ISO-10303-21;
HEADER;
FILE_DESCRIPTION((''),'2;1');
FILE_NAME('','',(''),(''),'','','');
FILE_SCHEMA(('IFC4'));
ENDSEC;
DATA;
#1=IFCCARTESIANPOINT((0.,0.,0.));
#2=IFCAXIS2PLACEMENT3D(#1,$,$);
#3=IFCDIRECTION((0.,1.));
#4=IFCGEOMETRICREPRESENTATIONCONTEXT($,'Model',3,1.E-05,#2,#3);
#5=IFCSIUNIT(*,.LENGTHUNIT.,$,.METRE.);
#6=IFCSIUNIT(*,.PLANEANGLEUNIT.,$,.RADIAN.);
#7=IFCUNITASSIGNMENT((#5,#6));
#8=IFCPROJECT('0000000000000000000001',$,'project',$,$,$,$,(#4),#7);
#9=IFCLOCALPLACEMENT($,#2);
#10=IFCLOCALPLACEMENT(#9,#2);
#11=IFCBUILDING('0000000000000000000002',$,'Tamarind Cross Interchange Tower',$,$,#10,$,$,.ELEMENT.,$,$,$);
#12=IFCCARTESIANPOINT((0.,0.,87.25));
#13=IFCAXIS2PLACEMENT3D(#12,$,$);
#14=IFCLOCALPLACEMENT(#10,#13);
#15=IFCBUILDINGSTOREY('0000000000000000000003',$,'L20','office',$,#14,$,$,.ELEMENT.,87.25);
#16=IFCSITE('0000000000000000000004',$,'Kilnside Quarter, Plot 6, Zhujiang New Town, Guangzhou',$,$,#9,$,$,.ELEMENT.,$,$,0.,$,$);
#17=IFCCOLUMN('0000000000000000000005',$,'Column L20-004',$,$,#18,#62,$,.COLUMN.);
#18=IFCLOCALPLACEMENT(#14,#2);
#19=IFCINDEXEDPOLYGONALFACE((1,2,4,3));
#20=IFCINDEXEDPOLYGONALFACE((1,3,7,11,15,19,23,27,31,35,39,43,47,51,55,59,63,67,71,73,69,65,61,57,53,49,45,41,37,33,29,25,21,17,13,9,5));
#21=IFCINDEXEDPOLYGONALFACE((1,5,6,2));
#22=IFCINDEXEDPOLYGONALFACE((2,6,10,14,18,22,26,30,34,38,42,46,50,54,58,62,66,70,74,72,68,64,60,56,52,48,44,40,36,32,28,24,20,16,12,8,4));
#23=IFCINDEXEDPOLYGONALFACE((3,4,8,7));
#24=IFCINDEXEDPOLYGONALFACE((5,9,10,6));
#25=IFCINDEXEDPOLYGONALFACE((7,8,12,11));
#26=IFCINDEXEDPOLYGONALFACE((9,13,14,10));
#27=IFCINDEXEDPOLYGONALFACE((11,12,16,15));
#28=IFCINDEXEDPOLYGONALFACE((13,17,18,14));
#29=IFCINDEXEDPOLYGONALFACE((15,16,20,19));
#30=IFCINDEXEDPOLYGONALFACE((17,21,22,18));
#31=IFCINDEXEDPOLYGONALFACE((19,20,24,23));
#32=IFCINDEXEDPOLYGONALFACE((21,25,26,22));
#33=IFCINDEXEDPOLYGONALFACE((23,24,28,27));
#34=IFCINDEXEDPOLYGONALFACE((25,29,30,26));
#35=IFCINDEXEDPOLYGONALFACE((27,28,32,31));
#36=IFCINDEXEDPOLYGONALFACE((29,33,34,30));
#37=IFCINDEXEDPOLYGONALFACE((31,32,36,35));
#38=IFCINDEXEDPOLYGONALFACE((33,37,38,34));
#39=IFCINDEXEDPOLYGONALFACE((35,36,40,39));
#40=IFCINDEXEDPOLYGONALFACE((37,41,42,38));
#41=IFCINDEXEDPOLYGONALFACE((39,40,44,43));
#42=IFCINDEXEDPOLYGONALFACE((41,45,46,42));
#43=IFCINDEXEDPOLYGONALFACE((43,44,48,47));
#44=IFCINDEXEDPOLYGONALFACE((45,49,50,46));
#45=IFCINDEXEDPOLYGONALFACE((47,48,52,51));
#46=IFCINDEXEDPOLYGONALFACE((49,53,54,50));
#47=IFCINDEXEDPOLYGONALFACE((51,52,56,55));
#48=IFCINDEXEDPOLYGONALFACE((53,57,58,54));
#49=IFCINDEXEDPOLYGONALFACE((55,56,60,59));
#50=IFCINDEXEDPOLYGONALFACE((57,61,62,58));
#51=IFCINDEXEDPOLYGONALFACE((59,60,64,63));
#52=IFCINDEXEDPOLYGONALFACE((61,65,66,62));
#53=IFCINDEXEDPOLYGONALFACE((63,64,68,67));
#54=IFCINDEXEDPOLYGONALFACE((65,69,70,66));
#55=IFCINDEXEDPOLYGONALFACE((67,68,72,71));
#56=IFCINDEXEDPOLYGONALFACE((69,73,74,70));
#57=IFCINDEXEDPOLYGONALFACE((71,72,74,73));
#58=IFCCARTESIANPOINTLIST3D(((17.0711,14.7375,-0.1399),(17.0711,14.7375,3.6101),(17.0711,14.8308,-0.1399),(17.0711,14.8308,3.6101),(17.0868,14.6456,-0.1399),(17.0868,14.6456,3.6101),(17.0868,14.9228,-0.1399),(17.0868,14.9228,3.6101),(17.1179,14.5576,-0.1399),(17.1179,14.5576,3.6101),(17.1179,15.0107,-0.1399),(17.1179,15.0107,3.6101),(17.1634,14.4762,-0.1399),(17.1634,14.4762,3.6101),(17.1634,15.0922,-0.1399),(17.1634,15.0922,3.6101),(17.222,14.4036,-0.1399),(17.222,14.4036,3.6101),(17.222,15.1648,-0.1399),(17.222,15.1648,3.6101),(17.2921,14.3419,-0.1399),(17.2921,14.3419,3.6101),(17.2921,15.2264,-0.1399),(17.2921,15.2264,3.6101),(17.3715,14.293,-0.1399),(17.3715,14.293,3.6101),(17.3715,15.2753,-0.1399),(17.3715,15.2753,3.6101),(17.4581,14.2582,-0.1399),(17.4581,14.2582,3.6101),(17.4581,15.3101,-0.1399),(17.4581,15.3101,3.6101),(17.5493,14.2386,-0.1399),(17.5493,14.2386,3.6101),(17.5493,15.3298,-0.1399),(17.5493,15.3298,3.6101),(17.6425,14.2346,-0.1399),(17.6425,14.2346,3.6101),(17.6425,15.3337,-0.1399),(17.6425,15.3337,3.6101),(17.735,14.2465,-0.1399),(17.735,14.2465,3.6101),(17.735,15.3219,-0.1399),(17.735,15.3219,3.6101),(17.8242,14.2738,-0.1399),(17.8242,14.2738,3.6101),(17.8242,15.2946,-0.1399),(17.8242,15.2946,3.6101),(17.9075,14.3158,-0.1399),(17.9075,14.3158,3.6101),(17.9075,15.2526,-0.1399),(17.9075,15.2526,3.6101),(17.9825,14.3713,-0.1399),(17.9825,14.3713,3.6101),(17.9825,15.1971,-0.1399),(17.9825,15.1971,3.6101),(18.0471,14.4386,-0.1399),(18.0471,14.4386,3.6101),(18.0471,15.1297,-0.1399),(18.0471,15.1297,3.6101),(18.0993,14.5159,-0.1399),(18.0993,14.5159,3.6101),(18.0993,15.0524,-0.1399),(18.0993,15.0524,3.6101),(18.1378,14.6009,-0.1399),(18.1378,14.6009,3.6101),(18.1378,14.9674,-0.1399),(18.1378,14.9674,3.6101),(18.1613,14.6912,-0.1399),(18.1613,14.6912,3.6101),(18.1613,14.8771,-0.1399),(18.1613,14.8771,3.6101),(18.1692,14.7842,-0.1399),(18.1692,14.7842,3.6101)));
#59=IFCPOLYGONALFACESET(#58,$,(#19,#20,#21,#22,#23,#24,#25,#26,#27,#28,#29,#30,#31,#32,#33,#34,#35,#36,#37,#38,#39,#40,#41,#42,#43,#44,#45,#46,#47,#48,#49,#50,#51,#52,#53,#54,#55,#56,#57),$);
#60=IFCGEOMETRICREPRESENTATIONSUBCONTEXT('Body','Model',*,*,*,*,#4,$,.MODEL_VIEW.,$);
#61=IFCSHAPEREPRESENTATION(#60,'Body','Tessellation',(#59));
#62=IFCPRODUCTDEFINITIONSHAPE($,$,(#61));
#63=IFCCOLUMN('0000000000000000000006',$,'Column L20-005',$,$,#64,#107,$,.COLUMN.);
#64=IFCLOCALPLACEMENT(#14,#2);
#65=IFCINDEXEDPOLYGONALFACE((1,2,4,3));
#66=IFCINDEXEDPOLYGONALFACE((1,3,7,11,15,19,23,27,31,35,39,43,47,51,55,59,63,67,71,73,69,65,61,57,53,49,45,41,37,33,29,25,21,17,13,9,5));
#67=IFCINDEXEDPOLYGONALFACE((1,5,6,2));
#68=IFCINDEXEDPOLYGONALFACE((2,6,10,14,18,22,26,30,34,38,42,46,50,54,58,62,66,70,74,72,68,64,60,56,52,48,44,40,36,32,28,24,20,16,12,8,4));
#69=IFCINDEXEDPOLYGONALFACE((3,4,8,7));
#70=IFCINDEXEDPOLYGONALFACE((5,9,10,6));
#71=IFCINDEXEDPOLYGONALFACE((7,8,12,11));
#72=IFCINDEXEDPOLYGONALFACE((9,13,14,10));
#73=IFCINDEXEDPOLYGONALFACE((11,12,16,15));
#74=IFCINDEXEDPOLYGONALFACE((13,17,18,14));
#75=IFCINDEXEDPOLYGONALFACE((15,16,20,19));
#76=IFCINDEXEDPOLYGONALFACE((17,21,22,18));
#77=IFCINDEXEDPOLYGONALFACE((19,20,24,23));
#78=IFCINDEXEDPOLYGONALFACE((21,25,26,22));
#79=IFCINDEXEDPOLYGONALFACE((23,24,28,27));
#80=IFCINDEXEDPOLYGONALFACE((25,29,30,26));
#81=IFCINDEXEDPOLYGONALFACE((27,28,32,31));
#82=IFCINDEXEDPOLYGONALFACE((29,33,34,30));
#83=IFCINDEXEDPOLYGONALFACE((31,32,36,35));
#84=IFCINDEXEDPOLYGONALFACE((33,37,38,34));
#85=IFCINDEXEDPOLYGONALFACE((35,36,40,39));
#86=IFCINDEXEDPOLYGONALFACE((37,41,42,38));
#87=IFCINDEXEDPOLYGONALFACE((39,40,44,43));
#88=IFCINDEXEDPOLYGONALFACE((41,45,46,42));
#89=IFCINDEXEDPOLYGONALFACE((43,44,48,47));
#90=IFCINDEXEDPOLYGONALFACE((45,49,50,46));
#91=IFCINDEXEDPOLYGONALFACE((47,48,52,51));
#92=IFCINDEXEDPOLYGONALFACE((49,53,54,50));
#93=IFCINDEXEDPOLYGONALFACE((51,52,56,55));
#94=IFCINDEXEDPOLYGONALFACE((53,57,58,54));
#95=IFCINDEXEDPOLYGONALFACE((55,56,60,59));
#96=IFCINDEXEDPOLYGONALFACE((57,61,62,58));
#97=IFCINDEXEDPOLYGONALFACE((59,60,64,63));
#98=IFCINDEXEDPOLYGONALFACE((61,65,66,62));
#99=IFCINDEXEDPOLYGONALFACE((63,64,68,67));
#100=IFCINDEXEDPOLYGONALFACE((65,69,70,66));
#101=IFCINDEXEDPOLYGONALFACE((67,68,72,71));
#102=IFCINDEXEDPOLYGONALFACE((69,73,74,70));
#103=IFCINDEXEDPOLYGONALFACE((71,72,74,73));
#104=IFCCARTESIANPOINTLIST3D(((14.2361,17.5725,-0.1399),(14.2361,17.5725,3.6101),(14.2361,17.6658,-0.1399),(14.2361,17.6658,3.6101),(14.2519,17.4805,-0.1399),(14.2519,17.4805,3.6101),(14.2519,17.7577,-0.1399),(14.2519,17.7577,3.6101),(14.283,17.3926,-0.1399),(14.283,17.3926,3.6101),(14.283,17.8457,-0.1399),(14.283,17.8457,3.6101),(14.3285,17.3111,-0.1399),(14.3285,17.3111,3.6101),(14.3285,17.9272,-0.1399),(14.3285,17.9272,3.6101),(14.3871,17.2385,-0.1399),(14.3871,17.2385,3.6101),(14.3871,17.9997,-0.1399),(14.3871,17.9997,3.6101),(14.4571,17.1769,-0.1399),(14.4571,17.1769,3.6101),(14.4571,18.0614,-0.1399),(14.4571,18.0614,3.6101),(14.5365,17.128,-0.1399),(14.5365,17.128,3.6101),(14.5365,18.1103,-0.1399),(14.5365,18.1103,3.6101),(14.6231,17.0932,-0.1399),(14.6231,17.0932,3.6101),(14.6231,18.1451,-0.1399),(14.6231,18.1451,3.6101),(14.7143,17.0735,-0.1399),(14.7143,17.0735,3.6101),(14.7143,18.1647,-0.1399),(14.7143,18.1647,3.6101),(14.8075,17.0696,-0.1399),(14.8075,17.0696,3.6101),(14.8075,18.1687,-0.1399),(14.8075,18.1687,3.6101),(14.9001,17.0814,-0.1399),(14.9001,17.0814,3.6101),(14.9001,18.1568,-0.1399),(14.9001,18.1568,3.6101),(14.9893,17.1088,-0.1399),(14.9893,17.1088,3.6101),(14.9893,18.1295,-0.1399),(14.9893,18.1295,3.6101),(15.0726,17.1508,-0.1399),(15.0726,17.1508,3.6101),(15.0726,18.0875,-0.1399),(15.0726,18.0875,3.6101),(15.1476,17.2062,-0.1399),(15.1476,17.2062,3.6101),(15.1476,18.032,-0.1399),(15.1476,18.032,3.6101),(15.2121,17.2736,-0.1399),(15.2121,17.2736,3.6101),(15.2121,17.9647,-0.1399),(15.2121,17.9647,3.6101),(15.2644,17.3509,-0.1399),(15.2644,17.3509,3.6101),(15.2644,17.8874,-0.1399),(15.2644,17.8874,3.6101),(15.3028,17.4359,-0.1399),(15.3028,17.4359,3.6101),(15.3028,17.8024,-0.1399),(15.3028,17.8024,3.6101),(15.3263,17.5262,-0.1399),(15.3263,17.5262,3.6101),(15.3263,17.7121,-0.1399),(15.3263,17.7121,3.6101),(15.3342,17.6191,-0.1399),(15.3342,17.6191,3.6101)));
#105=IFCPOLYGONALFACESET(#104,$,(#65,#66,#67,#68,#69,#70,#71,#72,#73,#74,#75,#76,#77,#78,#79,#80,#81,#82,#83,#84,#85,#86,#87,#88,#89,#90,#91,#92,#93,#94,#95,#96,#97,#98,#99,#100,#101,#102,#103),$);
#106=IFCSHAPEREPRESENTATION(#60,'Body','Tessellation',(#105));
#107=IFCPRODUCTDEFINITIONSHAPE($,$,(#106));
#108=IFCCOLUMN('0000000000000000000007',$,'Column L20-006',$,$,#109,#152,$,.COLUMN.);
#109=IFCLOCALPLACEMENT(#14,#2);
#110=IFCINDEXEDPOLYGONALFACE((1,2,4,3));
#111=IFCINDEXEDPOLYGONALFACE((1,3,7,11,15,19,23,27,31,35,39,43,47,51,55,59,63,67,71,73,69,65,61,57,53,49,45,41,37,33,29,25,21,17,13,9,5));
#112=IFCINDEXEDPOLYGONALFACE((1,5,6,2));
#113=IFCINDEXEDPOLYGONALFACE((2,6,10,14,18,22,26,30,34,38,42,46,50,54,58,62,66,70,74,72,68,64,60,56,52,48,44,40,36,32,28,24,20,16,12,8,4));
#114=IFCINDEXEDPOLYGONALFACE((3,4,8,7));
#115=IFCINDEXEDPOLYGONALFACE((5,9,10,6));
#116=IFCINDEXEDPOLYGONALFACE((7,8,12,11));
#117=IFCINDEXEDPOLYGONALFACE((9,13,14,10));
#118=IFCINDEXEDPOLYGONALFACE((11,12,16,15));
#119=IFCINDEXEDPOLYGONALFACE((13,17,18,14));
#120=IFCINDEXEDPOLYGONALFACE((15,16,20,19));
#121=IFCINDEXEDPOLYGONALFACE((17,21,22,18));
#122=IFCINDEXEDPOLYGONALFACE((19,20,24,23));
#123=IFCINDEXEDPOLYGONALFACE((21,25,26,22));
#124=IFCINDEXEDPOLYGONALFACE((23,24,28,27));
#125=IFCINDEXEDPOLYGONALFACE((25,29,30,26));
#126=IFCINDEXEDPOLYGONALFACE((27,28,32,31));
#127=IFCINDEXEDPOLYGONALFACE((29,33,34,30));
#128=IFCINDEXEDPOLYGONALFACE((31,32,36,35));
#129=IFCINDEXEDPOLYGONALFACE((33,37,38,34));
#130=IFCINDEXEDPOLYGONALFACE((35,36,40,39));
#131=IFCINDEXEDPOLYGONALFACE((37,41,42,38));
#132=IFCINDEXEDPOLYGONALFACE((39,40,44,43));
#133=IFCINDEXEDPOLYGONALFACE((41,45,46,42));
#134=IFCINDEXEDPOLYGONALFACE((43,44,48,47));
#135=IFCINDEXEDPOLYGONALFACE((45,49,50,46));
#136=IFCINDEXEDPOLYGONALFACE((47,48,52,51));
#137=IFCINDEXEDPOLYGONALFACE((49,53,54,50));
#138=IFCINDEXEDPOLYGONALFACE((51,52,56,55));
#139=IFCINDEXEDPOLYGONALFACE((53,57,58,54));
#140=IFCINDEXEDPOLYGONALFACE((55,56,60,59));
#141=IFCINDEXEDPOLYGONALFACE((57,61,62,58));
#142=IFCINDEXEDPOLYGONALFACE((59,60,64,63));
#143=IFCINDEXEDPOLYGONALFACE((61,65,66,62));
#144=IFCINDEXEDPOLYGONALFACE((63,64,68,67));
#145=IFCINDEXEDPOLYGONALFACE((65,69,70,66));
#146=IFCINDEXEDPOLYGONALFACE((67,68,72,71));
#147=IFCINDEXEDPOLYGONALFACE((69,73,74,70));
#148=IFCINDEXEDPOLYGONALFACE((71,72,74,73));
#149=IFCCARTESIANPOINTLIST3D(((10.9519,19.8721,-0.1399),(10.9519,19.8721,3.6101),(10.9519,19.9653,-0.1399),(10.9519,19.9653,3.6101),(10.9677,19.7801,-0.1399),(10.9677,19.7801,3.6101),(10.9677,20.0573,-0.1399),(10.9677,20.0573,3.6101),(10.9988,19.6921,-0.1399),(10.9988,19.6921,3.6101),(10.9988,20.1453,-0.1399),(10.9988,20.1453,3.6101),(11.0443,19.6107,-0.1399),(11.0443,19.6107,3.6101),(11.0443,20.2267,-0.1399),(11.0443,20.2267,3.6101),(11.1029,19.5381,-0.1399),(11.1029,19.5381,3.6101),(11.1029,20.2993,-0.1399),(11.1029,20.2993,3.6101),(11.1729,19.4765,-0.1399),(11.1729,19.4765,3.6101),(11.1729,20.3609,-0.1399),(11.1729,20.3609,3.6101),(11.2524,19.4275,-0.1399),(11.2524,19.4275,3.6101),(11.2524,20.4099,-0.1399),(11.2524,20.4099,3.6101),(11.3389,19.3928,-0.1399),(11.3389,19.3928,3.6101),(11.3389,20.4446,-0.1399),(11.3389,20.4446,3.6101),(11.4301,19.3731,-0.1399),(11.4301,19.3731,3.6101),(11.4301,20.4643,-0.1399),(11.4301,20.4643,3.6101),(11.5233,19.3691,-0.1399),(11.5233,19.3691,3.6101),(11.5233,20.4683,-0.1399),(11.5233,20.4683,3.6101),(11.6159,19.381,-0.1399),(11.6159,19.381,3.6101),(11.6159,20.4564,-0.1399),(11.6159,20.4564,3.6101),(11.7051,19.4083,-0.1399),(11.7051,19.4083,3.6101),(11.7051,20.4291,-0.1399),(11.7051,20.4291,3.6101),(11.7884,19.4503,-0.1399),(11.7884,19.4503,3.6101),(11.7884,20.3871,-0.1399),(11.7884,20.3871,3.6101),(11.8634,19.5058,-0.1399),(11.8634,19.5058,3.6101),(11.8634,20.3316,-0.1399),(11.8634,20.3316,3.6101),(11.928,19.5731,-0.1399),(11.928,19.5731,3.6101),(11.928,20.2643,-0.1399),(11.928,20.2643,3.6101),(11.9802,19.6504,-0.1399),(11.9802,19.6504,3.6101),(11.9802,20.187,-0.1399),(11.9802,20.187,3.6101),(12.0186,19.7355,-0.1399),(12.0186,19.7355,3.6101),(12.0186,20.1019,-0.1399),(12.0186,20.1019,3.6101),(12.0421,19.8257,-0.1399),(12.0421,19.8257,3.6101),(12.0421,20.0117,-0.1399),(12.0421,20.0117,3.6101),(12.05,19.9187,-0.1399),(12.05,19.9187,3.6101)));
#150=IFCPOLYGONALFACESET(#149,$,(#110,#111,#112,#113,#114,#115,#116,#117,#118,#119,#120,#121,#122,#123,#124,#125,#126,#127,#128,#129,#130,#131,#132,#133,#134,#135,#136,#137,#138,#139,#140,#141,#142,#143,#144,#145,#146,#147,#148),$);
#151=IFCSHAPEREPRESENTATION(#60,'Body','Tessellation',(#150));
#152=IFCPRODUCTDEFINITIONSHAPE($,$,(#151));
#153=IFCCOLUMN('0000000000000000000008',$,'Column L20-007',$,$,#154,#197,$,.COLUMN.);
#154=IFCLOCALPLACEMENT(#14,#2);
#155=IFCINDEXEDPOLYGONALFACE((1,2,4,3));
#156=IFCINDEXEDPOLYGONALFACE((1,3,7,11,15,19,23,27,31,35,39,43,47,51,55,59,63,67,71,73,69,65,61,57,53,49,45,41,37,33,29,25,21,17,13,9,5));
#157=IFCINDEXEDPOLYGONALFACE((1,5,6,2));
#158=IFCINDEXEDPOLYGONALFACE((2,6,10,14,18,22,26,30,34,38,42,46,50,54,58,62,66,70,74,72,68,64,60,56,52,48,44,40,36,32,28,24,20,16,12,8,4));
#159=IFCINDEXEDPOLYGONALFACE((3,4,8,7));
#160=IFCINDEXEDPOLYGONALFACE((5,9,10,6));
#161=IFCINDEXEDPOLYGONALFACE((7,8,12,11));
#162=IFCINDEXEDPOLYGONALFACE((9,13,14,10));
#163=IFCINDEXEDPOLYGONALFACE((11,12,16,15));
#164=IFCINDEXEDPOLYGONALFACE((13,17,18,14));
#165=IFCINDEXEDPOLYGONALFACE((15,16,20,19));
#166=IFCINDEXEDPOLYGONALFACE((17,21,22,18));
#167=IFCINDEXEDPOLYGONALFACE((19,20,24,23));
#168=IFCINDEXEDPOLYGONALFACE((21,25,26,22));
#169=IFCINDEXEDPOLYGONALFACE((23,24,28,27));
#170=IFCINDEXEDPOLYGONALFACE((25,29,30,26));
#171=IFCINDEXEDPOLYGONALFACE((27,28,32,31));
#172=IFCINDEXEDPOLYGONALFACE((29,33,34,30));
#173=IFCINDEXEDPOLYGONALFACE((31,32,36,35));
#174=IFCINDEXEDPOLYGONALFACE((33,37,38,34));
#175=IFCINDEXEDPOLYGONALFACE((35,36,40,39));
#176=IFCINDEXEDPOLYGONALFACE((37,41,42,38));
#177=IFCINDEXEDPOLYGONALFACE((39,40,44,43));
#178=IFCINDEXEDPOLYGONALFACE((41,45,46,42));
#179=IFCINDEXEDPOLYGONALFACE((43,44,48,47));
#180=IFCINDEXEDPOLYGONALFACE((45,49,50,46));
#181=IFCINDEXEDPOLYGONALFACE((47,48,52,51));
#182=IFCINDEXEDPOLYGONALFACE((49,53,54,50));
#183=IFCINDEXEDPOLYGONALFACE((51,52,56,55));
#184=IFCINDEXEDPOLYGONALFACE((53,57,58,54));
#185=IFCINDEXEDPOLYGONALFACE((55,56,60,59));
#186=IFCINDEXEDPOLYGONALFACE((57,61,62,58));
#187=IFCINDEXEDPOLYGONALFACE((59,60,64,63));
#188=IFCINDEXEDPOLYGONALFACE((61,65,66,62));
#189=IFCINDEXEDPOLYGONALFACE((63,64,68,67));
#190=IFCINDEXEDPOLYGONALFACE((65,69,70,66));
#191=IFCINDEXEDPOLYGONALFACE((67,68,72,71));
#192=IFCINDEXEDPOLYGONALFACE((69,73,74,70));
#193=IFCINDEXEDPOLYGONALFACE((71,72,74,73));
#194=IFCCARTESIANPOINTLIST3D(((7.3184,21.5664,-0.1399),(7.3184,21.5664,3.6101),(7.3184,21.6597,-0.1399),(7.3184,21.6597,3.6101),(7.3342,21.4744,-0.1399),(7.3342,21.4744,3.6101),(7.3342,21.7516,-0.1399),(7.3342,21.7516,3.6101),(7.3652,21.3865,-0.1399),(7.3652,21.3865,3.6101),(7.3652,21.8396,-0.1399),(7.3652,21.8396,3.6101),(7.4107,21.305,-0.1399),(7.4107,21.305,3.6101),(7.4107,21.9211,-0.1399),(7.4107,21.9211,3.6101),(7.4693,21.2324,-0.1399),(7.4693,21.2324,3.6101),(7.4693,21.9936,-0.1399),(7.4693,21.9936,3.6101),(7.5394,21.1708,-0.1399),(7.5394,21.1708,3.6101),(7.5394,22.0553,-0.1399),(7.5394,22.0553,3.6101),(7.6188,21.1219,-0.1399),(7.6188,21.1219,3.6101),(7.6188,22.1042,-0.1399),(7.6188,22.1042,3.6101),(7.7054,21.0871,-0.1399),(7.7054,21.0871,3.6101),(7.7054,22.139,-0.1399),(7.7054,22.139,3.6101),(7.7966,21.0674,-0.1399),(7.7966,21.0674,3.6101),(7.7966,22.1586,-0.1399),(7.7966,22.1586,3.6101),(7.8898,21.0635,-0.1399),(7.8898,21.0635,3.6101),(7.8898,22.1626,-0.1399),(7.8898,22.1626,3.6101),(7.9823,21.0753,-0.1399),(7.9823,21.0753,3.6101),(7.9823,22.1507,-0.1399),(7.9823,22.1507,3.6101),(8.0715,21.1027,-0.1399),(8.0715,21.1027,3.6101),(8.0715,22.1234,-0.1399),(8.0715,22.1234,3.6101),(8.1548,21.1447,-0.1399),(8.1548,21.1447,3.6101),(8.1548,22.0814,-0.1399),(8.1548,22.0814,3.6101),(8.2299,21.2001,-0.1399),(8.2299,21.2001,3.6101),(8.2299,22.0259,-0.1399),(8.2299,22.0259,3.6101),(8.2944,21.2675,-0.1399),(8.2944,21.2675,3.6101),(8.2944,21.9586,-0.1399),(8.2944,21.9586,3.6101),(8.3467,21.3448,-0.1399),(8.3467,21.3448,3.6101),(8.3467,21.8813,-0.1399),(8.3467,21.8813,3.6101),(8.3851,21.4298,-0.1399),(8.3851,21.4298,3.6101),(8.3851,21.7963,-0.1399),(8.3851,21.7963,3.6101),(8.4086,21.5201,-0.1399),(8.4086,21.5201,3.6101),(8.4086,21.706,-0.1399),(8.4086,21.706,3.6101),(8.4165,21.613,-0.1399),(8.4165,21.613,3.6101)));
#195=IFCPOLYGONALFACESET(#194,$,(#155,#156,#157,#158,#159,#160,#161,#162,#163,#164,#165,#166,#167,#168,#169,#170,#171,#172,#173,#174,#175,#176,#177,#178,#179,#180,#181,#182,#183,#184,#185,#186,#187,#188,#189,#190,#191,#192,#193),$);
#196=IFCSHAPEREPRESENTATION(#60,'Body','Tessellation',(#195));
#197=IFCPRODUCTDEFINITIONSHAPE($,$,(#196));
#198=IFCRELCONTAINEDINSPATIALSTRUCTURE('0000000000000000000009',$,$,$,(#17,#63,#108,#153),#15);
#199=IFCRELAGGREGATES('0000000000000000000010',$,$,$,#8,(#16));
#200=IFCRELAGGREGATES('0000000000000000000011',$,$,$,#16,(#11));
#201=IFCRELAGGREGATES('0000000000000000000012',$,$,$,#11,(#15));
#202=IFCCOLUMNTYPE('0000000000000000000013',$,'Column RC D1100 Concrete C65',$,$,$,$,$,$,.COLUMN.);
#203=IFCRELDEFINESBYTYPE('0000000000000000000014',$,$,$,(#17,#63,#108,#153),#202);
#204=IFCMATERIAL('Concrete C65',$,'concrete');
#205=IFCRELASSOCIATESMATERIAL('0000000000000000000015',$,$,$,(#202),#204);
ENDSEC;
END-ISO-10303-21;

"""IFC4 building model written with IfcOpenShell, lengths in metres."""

from ifc_helpers import new_model, si_unit, direction, frame, origin, origin_2d, place, context, subcontext, project, spatial, circle, extrude, material, material_profile, profile_set, type_object, element, save


model = new_model("IFC4")

# Units and contexts
model_context = context("Model", 3, precision=1e-05, world=origin(), true_north=direction((0.0, 1.0)))
body_context = subcontext(model_context, "Body", "Model", "MODEL_VIEW")
ifc_project = project(units=[si_unit("LENGTHUNIT", "METRE"), si_unit("PLANEANGLEUNIT", "RADIAN")], contexts=[model_context])

# Site, building, storey
site_placement = place(None, origin())
site = spatial("IfcSite", under=ifc_project, at=site_placement, Name="Kilnside Quarter, Plot 6, Zhujiang New Town, Guangzhou", CompositionType="ELEMENT", RefElevation=0.0)
building_placement = place(site_placement, origin())
building = spatial("IfcBuilding", under=site, at=building_placement, Name="Tamarind Cross Interchange Tower", CompositionType="ELEMENT")
storey_placement = place(building_placement, frame((0.0, 0.0, 87.25)))
storey = spatial("IfcBuildingStorey", under=building, at=storey_placement, Name="L20", Description="office", CompositionType="ELEMENT", Elevation=87.25)

# Columns
ifc_material_1 = material(Name="Concrete C65", Category="concrete")
ifc_material_profile_1 = material_profile(ifc_material_1, circle(Radius=0.55, at=origin_2d()), Name="RC D1100")
ifc_profile_set_1 = profile_set([ifc_material_profile_1], Name="Concrete C65")
column_type = type_object("IfcColumnType", Name="Column RC D1100 Concrete C65", PredefinedType="COLUMN", material=ifc_profile_set_1)
for number, where, z_axis, x_axis, name in (
    (1, (17.6191, 14.7842, -0.1399), (0.0, 0.0, 1.0), (1.0, 0.0, 0.0), "Column L20-004"),
    (2, (14.7842, 17.6191, -0.1399), (0.0, 0.0, 1.0), (1.0, 0.0, 0.0), "Column L20-005"),
    (3, (11.5, 19.9187, -0.1399), (0.0, 0.0, 1.0), (1.0, 0.0, 0.0), "Column L20-006"),
    (4, (7.8665, 21.613, -0.1399), (0.0, 0.0, 1.0), (1.0, 0.0, 0.0), "Column L20-007"),
):
    element("IfcColumn", number, at=place(storey_placement, frame(where, z_axis=z_axis, x_axis=x_axis)), inside=storey, type_object=column_type, Name=name, PredefinedType="COLUMN", context=body_context, shape_type="SweptSolid", body=[
        extrude(circle(Radius=0.55, at=origin_2d()), origin(), (0.0, 0.0, 1.0), 3.75),
    ])

save(model, "model.ifc")
